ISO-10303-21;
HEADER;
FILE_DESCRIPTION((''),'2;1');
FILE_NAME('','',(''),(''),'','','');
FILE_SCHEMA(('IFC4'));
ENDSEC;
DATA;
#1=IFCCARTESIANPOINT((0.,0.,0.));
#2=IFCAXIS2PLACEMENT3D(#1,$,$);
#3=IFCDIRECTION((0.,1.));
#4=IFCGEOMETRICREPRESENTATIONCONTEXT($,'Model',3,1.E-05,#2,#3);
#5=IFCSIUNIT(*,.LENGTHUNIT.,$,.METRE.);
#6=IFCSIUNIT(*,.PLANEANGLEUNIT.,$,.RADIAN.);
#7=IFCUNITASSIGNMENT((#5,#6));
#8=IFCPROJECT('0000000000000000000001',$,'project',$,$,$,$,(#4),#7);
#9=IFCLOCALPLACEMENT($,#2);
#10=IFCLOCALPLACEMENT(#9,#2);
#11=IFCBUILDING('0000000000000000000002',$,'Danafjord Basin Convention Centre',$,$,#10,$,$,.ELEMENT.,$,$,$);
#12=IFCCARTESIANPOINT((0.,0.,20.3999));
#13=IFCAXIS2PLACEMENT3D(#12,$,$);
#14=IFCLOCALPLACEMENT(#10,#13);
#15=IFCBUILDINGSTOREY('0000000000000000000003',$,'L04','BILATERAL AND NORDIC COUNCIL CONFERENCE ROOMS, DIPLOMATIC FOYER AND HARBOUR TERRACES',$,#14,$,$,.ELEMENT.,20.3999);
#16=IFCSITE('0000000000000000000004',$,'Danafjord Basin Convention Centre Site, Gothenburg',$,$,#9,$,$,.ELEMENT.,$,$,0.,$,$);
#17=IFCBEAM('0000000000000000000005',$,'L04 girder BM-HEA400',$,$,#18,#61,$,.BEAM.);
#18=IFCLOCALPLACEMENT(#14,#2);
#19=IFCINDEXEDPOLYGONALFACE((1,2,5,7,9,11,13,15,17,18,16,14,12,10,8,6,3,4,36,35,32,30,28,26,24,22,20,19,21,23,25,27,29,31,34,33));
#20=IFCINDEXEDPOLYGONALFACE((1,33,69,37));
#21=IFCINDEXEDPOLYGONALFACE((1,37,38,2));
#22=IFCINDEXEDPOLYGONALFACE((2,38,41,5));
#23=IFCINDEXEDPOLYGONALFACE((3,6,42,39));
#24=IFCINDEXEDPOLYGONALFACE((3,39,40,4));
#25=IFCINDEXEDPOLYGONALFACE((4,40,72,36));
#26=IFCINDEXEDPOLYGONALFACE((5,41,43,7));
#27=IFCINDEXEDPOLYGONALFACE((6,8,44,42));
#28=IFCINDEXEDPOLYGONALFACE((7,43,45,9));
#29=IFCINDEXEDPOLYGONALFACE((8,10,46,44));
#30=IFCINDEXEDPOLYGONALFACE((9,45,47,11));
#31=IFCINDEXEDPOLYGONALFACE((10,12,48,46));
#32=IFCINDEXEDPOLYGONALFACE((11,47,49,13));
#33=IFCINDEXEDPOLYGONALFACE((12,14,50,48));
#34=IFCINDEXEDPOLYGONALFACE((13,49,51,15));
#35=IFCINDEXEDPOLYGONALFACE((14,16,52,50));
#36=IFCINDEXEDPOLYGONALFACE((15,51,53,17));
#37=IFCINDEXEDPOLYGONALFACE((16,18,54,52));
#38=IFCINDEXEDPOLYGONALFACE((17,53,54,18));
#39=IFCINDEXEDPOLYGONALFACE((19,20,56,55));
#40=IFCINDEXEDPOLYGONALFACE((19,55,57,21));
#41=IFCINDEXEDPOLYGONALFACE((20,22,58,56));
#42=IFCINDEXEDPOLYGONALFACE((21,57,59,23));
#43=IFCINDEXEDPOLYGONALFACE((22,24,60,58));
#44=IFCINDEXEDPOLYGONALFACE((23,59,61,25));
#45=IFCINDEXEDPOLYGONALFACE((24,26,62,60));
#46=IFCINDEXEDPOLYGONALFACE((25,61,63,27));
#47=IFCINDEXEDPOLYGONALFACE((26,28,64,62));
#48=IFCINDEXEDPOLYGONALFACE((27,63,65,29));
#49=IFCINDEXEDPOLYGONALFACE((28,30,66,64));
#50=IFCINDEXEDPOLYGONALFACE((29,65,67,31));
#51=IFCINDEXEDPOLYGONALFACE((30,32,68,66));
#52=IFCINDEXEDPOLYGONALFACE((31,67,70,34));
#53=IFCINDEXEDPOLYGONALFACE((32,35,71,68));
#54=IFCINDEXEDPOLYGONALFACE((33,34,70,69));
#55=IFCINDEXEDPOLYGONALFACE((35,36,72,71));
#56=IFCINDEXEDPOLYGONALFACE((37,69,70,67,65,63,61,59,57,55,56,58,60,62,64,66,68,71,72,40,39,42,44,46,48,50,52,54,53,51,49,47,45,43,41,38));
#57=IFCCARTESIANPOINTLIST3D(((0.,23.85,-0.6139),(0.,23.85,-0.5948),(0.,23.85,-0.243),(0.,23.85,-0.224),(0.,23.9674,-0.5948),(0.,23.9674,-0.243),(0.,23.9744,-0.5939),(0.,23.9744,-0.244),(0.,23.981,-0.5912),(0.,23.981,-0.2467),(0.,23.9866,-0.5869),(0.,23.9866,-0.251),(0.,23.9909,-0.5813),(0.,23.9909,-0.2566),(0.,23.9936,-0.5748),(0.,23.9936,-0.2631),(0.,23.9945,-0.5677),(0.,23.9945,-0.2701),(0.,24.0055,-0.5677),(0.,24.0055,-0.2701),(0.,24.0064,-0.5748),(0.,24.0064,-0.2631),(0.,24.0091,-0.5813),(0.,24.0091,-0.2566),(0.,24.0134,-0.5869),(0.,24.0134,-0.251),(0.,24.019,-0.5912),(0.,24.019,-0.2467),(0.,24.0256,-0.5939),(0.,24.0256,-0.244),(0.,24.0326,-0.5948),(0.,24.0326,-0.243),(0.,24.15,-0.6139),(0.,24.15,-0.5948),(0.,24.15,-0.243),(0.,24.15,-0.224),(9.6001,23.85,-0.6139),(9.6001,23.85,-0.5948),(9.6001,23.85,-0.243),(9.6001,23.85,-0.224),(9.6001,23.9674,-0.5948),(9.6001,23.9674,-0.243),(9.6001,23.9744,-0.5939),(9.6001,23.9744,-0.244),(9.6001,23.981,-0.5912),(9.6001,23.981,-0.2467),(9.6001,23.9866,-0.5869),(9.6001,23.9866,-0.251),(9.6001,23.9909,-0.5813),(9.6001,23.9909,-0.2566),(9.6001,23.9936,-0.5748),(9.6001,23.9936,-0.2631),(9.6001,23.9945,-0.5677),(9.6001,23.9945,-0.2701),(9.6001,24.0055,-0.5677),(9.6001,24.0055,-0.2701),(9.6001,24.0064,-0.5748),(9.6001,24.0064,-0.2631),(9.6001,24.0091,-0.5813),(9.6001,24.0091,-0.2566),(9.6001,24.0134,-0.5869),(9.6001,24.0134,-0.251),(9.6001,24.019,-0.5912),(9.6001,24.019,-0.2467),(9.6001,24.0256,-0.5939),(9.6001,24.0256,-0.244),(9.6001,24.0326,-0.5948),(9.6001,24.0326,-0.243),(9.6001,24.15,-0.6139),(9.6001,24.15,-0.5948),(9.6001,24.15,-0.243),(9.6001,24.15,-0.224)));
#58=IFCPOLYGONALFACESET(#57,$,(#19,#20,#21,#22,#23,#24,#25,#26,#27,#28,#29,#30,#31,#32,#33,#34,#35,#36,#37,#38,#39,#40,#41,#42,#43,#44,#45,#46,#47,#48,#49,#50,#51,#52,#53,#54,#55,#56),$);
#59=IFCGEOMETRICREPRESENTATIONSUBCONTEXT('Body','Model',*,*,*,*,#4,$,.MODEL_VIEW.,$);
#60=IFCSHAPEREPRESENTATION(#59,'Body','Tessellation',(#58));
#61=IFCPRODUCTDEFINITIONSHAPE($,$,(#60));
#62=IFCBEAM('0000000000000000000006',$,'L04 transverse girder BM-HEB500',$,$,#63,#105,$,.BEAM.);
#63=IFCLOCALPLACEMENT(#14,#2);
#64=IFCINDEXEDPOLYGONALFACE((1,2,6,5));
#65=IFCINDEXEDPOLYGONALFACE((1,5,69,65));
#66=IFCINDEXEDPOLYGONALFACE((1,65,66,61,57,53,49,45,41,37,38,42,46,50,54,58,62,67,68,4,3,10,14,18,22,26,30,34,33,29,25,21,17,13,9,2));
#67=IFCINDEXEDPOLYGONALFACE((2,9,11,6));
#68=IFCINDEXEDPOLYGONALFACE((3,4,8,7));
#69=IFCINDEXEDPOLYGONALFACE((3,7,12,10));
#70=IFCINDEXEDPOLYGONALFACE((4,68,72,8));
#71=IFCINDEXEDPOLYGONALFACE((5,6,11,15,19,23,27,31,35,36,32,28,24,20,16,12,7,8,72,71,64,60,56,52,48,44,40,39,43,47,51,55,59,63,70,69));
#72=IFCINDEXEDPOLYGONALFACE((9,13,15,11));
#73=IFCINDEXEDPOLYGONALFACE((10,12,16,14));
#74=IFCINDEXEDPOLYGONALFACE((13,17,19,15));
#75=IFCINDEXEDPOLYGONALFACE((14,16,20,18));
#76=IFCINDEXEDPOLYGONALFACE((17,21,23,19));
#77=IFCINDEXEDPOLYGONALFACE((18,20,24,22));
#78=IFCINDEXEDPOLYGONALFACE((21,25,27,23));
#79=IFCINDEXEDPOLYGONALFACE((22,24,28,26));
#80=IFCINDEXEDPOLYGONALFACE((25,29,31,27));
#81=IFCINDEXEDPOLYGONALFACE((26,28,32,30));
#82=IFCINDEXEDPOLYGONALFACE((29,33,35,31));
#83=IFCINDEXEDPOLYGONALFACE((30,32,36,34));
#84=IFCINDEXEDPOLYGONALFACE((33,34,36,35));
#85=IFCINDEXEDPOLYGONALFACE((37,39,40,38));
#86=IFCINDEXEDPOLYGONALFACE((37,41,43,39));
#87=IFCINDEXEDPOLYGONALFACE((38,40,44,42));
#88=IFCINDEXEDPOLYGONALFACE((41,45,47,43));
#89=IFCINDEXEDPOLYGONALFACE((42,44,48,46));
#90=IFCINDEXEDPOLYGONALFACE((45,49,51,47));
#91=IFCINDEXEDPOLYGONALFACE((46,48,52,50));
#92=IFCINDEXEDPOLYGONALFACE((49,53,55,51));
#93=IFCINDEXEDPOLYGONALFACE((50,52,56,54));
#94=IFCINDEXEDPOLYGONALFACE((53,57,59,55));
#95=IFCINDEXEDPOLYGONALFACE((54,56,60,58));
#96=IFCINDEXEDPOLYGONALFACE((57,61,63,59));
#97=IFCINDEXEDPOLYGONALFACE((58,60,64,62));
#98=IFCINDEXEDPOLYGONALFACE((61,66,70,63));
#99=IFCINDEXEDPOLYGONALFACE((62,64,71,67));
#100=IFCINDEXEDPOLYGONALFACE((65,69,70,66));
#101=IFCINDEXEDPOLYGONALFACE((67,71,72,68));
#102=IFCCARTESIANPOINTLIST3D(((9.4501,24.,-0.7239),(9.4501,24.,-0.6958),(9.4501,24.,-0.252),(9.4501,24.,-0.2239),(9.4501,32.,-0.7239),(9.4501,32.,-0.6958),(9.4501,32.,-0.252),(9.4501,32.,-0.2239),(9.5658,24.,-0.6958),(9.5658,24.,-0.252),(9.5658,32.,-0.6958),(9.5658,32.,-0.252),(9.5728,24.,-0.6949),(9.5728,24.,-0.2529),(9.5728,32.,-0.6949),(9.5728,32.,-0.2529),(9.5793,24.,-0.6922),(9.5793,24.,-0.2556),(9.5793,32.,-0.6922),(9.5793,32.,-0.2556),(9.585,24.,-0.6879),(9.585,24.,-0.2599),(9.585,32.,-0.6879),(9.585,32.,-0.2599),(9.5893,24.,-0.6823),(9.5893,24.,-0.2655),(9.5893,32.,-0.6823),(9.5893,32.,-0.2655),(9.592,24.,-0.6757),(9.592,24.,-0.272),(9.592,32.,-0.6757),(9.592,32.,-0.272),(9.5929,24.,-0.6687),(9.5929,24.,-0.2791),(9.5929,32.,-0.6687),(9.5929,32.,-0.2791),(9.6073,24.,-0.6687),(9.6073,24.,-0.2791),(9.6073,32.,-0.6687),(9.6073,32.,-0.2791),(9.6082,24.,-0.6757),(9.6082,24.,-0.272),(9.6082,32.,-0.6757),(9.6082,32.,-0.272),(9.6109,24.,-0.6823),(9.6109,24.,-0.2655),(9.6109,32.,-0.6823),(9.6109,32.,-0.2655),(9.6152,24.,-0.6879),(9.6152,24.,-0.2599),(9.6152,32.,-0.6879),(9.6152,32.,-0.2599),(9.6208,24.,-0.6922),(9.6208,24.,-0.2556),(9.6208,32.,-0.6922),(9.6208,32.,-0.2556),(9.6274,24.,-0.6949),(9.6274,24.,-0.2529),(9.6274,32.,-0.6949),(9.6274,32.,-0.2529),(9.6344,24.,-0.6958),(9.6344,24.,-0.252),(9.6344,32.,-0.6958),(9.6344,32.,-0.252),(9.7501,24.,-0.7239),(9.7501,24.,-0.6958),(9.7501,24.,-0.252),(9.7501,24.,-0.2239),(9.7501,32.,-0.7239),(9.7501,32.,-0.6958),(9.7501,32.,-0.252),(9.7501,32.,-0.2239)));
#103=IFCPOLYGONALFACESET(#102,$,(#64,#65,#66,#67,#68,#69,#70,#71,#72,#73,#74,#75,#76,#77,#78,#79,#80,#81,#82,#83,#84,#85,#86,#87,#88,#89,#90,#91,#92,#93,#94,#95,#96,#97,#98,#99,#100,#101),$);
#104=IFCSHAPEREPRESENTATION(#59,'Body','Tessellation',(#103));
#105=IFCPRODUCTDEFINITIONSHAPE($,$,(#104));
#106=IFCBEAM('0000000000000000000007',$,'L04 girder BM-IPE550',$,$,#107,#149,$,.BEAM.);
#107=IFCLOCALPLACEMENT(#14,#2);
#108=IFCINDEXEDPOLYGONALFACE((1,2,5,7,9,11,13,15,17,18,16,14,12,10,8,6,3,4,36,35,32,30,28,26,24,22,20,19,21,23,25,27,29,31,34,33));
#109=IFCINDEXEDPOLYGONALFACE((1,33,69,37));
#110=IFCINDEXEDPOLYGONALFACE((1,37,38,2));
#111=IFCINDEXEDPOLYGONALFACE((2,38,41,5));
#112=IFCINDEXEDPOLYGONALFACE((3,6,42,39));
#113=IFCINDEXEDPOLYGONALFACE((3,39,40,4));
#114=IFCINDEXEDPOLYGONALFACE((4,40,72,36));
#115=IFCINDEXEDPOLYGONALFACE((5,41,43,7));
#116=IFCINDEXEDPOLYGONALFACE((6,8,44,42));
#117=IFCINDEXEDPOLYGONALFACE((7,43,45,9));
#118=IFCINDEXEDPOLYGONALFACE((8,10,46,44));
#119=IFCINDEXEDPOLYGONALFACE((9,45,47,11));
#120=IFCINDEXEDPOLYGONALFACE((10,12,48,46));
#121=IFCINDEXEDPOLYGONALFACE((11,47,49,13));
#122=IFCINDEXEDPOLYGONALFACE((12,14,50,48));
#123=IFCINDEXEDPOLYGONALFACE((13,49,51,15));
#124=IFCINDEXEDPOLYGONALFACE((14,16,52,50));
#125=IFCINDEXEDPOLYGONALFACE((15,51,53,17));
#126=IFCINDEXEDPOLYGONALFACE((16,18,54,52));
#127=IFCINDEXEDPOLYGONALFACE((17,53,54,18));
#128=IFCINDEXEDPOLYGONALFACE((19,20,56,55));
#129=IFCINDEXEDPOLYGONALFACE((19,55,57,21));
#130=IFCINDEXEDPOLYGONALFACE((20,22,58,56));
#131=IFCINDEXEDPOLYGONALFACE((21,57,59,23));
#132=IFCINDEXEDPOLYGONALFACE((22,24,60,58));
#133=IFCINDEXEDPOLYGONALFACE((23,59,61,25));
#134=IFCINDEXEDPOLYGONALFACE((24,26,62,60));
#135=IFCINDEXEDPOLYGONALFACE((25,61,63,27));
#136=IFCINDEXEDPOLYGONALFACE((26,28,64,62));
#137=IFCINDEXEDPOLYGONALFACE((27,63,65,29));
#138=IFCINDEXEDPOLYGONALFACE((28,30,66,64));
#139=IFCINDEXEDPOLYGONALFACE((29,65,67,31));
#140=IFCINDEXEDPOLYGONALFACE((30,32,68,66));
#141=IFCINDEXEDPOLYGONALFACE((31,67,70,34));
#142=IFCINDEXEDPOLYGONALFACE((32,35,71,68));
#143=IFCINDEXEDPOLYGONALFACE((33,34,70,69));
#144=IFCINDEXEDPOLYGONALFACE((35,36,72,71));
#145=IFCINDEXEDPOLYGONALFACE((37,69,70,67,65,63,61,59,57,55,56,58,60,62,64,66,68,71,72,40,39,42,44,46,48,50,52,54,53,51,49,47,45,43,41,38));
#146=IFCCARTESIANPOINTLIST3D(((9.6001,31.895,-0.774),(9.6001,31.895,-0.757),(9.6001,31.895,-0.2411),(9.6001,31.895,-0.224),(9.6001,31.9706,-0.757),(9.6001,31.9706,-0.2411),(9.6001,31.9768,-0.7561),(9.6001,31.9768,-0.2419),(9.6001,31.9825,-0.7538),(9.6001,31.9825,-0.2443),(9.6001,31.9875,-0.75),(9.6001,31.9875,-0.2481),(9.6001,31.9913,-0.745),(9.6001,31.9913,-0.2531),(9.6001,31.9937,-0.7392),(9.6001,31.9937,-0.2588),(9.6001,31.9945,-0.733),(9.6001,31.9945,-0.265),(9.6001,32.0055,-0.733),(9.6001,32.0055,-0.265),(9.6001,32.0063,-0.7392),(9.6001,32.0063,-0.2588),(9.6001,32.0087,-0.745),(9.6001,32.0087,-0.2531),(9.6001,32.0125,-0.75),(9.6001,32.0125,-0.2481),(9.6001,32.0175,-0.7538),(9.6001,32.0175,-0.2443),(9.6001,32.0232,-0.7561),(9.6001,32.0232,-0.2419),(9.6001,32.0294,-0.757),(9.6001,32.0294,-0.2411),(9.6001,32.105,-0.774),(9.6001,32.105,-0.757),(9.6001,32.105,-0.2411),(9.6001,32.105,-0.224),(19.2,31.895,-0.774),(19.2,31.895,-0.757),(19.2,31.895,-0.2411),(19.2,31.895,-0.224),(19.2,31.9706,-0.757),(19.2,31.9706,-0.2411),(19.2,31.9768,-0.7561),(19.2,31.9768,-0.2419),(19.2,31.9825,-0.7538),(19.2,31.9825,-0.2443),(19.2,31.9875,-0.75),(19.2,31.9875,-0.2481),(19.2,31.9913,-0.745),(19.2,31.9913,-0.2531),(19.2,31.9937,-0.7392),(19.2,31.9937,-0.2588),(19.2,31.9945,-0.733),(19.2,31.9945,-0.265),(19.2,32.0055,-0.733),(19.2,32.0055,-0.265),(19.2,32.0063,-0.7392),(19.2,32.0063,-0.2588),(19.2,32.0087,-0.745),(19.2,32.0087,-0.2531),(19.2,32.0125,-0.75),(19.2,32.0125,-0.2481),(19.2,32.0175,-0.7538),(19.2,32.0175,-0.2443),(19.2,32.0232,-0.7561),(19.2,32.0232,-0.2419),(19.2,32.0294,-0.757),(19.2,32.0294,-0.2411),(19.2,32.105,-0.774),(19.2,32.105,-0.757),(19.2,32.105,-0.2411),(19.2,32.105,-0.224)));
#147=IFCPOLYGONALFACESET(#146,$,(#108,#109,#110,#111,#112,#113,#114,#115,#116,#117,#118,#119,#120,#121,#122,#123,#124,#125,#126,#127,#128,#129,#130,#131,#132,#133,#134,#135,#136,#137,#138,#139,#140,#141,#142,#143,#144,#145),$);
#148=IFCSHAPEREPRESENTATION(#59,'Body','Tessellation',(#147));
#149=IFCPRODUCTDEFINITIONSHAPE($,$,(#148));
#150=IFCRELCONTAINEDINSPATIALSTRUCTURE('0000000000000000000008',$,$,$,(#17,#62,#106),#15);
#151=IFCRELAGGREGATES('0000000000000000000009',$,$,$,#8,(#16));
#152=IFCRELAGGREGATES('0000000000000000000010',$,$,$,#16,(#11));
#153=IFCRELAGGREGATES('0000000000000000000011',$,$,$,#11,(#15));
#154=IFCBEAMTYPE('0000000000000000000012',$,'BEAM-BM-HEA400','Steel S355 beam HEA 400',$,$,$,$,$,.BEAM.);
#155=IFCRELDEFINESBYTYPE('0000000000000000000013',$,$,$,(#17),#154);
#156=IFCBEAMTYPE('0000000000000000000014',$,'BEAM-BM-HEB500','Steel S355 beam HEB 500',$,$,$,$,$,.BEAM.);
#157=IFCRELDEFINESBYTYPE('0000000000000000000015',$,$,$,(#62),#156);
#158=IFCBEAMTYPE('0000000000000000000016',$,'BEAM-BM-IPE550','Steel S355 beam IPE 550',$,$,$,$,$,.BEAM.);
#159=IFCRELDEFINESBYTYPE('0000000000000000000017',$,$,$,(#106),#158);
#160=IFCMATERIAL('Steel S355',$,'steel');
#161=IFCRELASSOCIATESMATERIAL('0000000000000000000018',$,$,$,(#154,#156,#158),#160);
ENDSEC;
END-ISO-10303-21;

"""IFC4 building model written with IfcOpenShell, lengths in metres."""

from ifc_helpers import new_model, si_unit, direction, frame, origin, origin_2d, place, context, subcontext, project, spatial, i_section, extrude, material, material_profile, profile_set, type_object, element, save


model = new_model("IFC4")

# Units and contexts
model_context = context("Model", 3, precision=1e-05, world=origin(), true_north=direction((0.0, 1.0)))
body_context = subcontext(model_context, "Body", "Model", "MODEL_VIEW")
ifc_project = project(units=[si_unit("LENGTHUNIT", "METRE"), si_unit("PLANEANGLEUNIT", "RADIAN")], contexts=[model_context])

# Site, building, storey
site_placement = place(None, origin())
site = spatial("IfcSite", under=ifc_project, at=site_placement, Name="Danafjord Basin Convention Centre Site, Gothenburg", CompositionType="ELEMENT", RefElevation=0.0)
building_placement = place(site_placement, origin())
building = spatial("IfcBuilding", under=site, at=building_placement, Name="Danafjord Basin Convention Centre", CompositionType="ELEMENT")
storey_placement = place(building_placement, frame((0.0, 0.0, 20.3999)))
storey = spatial("IfcBuildingStorey", under=building, at=storey_placement, Name="L04", Description="BILATERAL AND NORDIC COUNCIL CONFERENCE ROOMS, DIPLOMATIC FOYER AND HARBOUR TERRACES", CompositionType="ELEMENT", Elevation=20.3999)

# Shared definitions
ifc_material_1 = material(Name="Steel S355", Category="steel")

# Beams
ifc_material_profile_1 = material_profile(ifc_material_1, i_section(OverallWidth=0.3, OverallDepth=0.3899, WebThickness=0.011, FlangeThickness=0.019, FilletRadius=0.0271, at=origin_2d()), Name="HEA 400")
ifc_profile_set_1 = profile_set([ifc_material_profile_1], Name="Steel S355")
beam_type_1 = type_object("IfcBeamType", Name="BEAM-BM-HEA400", Description="Steel S355 beam HEA 400", PredefinedType="BEAM", material=ifc_profile_set_1)
beam_1_placement = place(storey_placement, frame((0.0, 24.0, -0.4189), z_axis=(1.0, 0.0, 0.0), x_axis=(0.0, 1.0, 0.0)))
element("IfcBeam", 1, at=beam_1_placement, inside=storey, type_object=beam_type_1, Name="L04 girder BM-HEA400", PredefinedType="BEAM", context=body_context, shape_type="SweptSolid", body=[
    extrude(i_section(OverallWidth=0.3, OverallDepth=0.3899, WebThickness=0.011, FlangeThickness=0.019, FilletRadius=0.0271, at=origin_2d()), origin(), (0.0, 0.0, 1.0), 9.6001),
])
ifc_material_profile_2 = material_profile(ifc_material_1, i_section(OverallWidth=0.3, OverallDepth=0.5, WebThickness=0.0144, FlangeThickness=0.0281, FilletRadius=0.0271, at=origin_2d()), Name="HEB 500")
ifc_profile_set_2 = profile_set([ifc_material_profile_2], Name="Steel S355")
beam_type_2 = type_object("IfcBeamType", Name="BEAM-BM-HEB500", Description="Steel S355 beam HEB 500", PredefinedType="BEAM", material=ifc_profile_set_2)
beam_2_placement = place(storey_placement, frame((9.6001, 24.0, -0.4739), z_axis=(0.0, 1.0, 0.0), x_axis=(-1.0, 0.0, 0.0)))
element("IfcBeam", 2, at=beam_2_placement, inside=storey, type_object=beam_type_2, Name="L04 transverse girder BM-HEB500", PredefinedType="BEAM", context=body_context, shape_type="SweptSolid", body=[
    extrude(i_section(OverallWidth=0.3, OverallDepth=0.5, WebThickness=0.0144, FlangeThickness=0.0281, FilletRadius=0.0271, at=origin_2d()), origin(), (0.0, 0.0, 1.0), 8.0),
])
ifc_material_profile_3 = material_profile(ifc_material_1, i_section(OverallWidth=0.21, OverallDepth=0.55, WebThickness=0.011, FlangeThickness=0.0171, FilletRadius=0.0239, at=origin_2d()), Name="IPE 550")
ifc_profile_set_3 = profile_set([ifc_material_profile_3], Name="Steel S355")
beam_type_3 = type_object("IfcBeamType", Name="BEAM-BM-IPE550", Description="Steel S355 beam IPE 550", PredefinedType="BEAM", material=ifc_profile_set_3)
beam_3_placement = place(storey_placement, frame((9.6001, 32.0, -0.499), z_axis=(1.0, 0.0, 0.0), x_axis=(0.0, 1.0, 0.0)))
element("IfcBeam", 3, at=beam_3_placement, inside=storey, type_object=beam_type_3, Name="L04 girder BM-IPE550", PredefinedType="BEAM", context=body_context, shape_type="SweptSolid", body=[
    extrude(i_section(OverallWidth=0.21, OverallDepth=0.55, WebThickness=0.011, FlangeThickness=0.0171, FilletRadius=0.0239, at=origin_2d()), origin(), (0.0, 0.0, 1.0), 9.5999),
])

save(model, "model.ifc")
